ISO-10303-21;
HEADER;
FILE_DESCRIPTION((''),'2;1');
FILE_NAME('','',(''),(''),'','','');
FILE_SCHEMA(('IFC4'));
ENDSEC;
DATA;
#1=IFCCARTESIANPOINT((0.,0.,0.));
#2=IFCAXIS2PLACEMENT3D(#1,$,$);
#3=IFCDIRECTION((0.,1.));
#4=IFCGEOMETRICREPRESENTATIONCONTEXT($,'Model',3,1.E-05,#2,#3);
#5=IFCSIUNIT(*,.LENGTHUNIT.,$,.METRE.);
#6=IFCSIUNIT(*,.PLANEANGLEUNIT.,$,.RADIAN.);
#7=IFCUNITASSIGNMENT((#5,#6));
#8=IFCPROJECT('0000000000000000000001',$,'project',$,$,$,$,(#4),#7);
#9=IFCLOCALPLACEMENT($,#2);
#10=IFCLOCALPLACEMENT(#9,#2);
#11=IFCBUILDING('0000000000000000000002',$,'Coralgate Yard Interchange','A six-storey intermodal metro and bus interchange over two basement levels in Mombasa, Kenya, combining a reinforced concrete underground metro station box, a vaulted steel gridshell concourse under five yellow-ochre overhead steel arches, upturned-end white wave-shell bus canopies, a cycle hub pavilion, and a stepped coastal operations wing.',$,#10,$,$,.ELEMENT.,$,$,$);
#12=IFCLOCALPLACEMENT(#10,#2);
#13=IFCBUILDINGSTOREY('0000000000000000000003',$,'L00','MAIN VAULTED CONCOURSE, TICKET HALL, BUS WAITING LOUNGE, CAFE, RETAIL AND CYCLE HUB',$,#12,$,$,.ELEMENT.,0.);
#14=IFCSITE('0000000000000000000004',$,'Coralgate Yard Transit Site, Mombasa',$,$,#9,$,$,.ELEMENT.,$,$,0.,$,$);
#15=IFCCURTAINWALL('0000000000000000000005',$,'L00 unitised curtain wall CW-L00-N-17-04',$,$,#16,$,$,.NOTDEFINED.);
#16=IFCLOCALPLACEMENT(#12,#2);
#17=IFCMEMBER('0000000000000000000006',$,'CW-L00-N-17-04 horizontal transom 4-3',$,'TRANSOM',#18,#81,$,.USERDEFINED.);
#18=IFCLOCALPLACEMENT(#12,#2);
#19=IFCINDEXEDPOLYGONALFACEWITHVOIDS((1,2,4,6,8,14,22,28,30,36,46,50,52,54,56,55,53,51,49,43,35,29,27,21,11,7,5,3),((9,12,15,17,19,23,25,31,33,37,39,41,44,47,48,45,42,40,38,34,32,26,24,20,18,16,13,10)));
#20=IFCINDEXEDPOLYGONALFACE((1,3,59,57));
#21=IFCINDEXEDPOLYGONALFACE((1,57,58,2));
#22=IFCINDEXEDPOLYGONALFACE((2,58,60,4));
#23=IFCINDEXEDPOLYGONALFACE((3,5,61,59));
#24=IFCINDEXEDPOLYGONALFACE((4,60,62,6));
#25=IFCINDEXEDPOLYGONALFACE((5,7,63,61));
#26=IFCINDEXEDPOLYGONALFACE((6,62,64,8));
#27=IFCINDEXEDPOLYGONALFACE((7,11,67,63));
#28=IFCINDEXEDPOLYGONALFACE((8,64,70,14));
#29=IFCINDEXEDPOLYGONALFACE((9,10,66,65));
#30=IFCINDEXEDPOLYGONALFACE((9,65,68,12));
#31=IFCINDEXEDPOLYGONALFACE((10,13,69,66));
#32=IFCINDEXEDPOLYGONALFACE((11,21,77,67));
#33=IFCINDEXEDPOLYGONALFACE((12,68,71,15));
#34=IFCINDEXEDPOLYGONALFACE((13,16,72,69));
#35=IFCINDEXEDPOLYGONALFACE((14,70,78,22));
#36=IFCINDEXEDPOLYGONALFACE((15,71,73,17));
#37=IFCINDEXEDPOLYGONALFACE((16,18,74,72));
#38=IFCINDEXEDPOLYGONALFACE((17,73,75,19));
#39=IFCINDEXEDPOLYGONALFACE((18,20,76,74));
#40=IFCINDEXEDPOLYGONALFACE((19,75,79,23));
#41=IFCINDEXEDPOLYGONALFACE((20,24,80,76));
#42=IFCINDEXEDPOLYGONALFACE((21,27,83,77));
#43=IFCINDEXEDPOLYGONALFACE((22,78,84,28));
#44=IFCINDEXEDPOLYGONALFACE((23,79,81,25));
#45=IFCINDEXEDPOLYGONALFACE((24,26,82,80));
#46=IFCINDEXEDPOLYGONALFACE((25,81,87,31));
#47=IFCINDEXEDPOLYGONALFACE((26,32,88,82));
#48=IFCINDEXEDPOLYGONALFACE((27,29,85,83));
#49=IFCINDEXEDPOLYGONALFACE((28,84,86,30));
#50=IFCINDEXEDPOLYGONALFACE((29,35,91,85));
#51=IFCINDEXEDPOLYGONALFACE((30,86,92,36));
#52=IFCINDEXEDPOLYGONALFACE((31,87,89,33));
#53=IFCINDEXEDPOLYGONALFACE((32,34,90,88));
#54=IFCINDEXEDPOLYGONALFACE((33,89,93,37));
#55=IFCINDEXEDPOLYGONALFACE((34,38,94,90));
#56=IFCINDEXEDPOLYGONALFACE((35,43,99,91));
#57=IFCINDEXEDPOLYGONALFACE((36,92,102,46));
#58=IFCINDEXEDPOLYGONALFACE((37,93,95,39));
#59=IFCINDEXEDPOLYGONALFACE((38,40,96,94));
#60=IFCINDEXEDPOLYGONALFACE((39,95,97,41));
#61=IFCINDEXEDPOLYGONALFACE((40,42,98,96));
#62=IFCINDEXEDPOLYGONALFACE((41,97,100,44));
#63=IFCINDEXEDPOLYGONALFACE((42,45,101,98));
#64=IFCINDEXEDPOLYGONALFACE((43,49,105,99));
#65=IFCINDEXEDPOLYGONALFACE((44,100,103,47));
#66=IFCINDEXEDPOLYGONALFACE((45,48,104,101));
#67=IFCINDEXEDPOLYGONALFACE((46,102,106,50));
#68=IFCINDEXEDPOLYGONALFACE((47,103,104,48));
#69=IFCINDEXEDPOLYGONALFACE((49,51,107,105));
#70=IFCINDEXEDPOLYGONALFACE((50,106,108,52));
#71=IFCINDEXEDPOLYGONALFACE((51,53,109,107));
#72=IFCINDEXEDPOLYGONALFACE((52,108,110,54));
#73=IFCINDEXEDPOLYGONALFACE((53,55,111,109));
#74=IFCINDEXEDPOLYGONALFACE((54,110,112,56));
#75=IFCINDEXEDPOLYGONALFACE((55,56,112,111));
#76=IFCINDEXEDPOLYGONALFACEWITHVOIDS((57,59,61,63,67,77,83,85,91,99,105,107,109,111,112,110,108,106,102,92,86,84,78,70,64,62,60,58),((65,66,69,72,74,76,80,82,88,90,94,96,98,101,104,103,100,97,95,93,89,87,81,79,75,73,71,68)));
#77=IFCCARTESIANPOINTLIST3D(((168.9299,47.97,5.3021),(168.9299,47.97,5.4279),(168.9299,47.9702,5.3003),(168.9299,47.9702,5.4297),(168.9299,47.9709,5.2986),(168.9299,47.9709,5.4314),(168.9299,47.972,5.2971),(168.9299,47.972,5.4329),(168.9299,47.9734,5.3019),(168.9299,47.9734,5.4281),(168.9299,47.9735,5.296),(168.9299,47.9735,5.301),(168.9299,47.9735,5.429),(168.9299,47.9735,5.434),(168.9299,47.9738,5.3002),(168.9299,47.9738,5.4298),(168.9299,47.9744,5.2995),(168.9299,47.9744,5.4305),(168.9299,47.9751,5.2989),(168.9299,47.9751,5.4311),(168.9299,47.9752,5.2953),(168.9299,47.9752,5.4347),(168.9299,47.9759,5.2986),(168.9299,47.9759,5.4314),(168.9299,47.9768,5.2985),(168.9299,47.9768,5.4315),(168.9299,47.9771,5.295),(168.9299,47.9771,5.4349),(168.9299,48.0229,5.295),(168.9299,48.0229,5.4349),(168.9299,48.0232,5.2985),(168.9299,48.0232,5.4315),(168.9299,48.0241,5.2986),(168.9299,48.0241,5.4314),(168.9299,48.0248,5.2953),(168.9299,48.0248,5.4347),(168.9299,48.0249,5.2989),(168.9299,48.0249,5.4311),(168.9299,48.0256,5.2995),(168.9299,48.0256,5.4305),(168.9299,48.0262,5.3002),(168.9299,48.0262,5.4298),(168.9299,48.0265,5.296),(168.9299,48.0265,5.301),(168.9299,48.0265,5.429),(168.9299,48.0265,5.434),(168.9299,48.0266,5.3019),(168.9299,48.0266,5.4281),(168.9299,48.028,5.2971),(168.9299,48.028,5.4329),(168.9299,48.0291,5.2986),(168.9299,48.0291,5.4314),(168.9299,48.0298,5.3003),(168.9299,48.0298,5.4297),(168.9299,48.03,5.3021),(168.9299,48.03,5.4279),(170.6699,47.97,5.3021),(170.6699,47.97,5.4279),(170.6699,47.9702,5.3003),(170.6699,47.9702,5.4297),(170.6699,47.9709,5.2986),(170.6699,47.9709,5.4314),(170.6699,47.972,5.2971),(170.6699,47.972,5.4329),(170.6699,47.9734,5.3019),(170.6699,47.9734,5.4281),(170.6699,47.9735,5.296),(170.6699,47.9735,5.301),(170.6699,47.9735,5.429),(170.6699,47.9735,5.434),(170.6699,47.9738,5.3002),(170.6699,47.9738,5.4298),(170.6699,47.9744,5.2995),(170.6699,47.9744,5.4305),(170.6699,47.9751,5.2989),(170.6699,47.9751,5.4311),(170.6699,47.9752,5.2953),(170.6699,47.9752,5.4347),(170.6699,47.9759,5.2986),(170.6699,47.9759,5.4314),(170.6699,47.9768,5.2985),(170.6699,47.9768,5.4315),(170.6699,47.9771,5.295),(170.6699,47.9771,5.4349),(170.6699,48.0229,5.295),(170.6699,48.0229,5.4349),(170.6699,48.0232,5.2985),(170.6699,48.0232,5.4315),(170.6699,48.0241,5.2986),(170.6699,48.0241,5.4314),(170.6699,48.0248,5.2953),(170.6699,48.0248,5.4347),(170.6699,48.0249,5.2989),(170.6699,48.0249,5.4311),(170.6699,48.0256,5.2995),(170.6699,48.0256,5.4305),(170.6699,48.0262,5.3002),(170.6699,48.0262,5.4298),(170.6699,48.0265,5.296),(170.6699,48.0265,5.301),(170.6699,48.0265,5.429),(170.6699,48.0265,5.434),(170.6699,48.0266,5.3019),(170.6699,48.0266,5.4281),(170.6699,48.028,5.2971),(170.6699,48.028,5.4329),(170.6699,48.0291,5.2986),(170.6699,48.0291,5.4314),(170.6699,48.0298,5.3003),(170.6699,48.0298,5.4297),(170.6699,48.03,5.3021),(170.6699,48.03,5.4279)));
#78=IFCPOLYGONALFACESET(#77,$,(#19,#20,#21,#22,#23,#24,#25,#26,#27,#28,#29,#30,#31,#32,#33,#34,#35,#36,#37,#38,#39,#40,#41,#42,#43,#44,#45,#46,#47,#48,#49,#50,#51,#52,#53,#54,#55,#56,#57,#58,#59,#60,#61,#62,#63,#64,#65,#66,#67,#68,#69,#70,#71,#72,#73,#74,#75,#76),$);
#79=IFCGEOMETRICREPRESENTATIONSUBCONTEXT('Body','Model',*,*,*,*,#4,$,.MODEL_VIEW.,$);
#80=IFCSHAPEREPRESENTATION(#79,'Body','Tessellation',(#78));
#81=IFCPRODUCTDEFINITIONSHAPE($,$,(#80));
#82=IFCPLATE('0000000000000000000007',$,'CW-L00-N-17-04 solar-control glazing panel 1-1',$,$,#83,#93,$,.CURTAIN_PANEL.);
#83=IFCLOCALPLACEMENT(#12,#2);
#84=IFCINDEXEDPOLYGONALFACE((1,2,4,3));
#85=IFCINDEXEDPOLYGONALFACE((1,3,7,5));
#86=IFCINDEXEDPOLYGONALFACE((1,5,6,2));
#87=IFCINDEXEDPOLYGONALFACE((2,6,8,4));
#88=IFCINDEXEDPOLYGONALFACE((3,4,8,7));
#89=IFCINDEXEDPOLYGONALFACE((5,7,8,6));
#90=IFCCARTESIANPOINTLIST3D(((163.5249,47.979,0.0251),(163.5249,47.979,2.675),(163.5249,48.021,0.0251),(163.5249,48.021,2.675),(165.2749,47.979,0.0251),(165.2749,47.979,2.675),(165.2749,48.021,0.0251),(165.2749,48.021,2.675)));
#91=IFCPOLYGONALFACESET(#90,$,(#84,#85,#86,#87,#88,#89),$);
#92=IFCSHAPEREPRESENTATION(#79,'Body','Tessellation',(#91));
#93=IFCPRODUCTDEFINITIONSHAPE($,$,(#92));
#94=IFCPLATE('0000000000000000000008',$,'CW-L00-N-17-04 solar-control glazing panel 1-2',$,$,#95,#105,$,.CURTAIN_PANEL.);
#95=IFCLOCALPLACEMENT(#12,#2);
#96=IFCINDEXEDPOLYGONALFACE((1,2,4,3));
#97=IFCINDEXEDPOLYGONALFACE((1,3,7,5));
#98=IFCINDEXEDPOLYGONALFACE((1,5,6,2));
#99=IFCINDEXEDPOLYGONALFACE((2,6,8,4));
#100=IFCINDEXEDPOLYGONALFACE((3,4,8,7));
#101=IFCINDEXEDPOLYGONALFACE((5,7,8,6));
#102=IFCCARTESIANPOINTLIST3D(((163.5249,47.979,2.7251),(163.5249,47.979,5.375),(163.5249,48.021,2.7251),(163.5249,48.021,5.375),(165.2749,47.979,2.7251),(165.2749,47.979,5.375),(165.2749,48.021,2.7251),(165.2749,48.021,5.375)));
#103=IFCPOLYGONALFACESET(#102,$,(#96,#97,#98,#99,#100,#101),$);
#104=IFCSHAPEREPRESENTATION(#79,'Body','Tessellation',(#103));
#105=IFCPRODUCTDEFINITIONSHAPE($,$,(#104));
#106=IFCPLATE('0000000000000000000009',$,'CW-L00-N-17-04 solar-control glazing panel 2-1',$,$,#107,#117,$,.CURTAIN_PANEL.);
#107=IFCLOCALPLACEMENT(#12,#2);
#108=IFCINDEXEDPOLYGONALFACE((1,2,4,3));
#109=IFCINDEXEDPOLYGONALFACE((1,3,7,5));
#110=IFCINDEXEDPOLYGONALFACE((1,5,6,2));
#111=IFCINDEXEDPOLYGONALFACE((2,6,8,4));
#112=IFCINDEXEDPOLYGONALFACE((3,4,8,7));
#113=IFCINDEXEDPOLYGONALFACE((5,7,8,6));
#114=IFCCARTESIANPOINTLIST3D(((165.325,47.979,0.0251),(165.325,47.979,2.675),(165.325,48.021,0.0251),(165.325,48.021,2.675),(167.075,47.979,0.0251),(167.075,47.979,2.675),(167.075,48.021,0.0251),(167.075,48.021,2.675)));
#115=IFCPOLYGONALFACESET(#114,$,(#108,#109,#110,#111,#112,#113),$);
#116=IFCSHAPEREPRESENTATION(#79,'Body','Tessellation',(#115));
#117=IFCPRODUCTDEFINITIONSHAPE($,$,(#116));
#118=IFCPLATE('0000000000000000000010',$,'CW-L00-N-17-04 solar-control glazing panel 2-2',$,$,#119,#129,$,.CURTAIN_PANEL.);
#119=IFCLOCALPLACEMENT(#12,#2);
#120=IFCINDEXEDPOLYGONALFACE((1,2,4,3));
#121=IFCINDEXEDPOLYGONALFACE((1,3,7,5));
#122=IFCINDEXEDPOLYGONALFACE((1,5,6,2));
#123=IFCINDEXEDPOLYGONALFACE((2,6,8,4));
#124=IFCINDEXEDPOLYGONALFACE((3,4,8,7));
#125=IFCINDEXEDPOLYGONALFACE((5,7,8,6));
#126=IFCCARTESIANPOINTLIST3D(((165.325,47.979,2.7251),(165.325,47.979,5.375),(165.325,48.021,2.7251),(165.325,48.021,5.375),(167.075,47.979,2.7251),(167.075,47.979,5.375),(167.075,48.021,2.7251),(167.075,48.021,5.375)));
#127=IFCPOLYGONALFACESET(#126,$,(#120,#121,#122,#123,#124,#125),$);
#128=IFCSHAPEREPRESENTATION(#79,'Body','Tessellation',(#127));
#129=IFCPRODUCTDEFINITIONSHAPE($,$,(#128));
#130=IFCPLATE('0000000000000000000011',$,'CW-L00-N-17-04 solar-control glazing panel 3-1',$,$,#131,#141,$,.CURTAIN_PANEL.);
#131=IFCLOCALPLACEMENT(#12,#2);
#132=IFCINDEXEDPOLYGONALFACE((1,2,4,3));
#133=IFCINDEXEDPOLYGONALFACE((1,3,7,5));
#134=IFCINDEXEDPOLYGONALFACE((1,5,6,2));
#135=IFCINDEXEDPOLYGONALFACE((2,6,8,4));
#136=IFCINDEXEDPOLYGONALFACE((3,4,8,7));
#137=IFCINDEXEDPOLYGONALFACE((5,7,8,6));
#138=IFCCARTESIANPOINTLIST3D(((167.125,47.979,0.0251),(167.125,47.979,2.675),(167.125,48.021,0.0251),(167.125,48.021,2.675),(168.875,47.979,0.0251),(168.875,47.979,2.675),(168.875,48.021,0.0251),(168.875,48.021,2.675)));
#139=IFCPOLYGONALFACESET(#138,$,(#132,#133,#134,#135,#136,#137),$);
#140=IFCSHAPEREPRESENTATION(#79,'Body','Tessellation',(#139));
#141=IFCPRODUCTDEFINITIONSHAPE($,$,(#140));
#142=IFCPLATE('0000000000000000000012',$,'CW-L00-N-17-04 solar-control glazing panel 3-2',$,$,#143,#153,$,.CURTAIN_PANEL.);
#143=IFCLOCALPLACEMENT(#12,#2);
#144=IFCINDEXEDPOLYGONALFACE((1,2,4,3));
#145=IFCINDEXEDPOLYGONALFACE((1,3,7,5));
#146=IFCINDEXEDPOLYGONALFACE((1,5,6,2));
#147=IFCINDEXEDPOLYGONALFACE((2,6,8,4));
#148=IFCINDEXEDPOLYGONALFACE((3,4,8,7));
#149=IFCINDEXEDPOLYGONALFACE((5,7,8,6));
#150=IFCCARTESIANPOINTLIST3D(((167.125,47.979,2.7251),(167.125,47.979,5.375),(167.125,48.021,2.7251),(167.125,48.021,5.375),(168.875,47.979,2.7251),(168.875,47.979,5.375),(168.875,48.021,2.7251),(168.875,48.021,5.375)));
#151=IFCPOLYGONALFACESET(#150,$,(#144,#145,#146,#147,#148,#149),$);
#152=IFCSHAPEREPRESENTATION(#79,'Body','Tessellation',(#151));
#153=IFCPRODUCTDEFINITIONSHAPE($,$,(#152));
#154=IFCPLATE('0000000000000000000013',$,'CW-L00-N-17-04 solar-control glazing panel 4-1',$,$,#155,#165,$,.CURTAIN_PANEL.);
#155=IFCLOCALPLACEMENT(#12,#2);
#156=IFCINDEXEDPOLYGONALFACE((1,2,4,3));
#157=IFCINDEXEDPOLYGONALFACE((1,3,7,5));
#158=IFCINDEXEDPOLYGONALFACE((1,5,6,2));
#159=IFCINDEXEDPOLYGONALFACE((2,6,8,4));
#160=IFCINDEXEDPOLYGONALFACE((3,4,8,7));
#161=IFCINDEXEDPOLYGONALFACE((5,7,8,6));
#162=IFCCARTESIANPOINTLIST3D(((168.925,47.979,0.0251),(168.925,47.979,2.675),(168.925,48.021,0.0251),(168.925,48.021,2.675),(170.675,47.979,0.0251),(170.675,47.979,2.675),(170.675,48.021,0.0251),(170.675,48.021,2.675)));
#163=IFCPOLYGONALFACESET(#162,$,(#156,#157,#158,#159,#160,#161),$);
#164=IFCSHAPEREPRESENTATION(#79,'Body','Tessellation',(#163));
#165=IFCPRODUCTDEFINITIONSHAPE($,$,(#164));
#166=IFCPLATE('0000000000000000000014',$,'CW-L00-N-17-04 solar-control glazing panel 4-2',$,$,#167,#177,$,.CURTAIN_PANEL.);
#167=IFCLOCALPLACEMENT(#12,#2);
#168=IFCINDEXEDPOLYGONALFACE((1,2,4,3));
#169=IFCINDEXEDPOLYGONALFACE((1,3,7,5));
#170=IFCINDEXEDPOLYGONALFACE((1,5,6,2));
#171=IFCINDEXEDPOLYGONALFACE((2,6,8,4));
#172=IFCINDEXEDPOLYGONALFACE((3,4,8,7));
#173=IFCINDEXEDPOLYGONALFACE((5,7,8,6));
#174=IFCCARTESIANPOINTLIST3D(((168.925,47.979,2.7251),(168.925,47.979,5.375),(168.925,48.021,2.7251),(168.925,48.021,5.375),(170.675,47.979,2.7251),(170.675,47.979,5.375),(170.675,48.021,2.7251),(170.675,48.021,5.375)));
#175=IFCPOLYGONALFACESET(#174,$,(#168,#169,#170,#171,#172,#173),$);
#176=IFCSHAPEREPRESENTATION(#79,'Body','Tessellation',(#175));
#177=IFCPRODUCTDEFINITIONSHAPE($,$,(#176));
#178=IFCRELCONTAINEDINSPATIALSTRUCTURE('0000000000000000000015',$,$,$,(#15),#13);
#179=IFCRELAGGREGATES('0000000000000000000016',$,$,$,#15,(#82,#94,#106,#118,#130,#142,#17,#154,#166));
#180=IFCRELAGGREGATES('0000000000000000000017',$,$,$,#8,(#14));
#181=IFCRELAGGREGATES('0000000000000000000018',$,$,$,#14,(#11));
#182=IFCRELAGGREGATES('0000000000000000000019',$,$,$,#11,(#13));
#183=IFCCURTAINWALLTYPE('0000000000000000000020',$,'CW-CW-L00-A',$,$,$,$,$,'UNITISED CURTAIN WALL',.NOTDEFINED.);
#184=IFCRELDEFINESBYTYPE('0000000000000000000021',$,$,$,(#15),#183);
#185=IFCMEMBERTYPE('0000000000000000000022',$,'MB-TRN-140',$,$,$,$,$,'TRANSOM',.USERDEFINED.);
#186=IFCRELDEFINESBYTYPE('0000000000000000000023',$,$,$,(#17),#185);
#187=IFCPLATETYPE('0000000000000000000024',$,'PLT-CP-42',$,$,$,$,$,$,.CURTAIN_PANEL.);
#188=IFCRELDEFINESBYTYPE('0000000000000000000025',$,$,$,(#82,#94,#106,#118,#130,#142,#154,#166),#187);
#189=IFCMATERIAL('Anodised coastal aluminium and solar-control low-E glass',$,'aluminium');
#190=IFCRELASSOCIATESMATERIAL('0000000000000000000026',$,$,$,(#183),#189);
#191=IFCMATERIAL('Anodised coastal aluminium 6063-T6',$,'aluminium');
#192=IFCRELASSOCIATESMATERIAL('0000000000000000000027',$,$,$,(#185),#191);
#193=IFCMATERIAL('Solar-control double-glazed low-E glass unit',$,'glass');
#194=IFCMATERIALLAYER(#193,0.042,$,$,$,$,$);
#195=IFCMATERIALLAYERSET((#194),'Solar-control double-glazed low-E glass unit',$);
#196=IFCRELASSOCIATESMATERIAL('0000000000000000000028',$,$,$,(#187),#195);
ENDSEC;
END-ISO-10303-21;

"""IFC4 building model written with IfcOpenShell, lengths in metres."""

from ifc_helpers import new_model, si_unit, direction, frame, origin, origin_2d, place, context, subcontext, project, spatial, rectangle, hollow_rectangle, extrude, material, layer, layer_set, material_profile, profile_set, type_object, element, aggregate, save


model = new_model("IFC4")

# Units and contexts
model_context = context("Model", 3, precision=1e-05, world=origin(), true_north=direction((0.0, 1.0)))
body_context = subcontext(model_context, "Body", "Model", "MODEL_VIEW")
ifc_project = project(units=[si_unit("LENGTHUNIT", "METRE"), si_unit("PLANEANGLEUNIT", "RADIAN")], contexts=[model_context])

# Site, building, storey
site_placement = place(None, origin())
site = spatial("IfcSite", under=ifc_project, at=site_placement, Name="Coralgate Yard Transit Site, Mombasa", CompositionType="ELEMENT", RefElevation=0.0)
building_placement = place(site_placement, origin())
building = spatial("IfcBuilding", under=site, at=building_placement, Name="Coralgate Yard Interchange", Description="A six-storey intermodal metro and bus interchange over two basement levels in Mombasa, Kenya, combining a reinforced concrete underground metro station box, a vaulted steel gridshell concourse under five yellow-ochre overhead steel arches, upturned-end white wave-shell bus canopies, a cycle hub pavilion, and a stepped coastal operations wing.", CompositionType="ELEMENT")
storey_placement = place(building_placement, origin())
storey = spatial("IfcBuildingStorey", under=building, at=storey_placement, Name="L00", Description="MAIN VAULTED CONCOURSE, TICKET HALL, BUS WAITING LOUNGE, CAFE, RETAIL AND CYCLE HUB", CompositionType="ELEMENT", Elevation=0.0)

# Curtain wall, member, plates
ifc_material_1 = material(Name="Anodised coastal aluminium and solar-control low-E glass", Category="aluminium")
curtain_wall_type = type_object("IfcCurtainWallType", Name="CW-CW-L00-A", ElementType="UNITISED CURTAIN WALL", PredefinedType="NOTDEFINED", material=ifc_material_1)
curtain_wall_placement = place(storey_placement, origin())
curtain_wall = element("IfcCurtainWall", 1, at=curtain_wall_placement, inside=storey, type_object=curtain_wall_type, Name="L00 unitised curtain wall CW-L00-N-17-04", PredefinedType="NOTDEFINED")
ifc_material_2 = material(Name="Anodised coastal aluminium 6063-T6", Category="aluminium")
ifc_material_profile_1 = material_profile(ifc_material_2, hollow_rectangle(XDim=0.0601, YDim=0.1399, WallThickness=0.0034, InnerFilletRadius=0.0034, OuterFilletRadius=0.0071, at=origin_2d()), Name="ALU 60x140x3.5")
ifc_profile_set_1 = profile_set([ifc_material_profile_1], Name="Anodised coastal aluminium 6063-T6")
member_type_1 = type_object("IfcMemberType", Name="MB-TRN-140", ElementType="TRANSOM", PredefinedType="USERDEFINED", material=ifc_profile_set_1)
member_1_placement = place(storey_placement, frame((168.9299, 48.0, 5.365), z_axis=(1.0, 0.0, 0.0), x_axis=(0.0, 1.0, 0.0)))
member_1 = element("IfcMember", 2, at=member_1_placement, type_object=member_type_1, Name="CW-L00-N-17-04 horizontal transom 4-3", ObjectType="TRANSOM", PredefinedType="USERDEFINED", context=body_context, shape_type="SweptSolid", body=[
    extrude(hollow_rectangle(XDim=0.0601, YDim=0.1399, WallThickness=0.0034, InnerFilletRadius=0.0034, OuterFilletRadius=0.0071, at=origin_2d()), origin(), (0.0, 0.0, 1.0), 1.74),
])
ifc_material_3 = material(Name="Solar-control double-glazed low-E glass unit", Category="glass")
ifc_layer = layer(ifc_material_3, 0.042)
ifc_layer_set = layer_set([ifc_layer], Name="Solar-control double-glazed low-E glass unit")
plate_type = type_object("IfcPlateType", Name="PLT-CP-42", PredefinedType="CURTAIN_PANEL", material=ifc_layer_set)
plate_1_placement = place(storey_placement, frame((164.3999, 48.0, 0.0251), z_axis=(0.0, 0.0, 1.0), x_axis=(1.0, 0.0, 0.0)))
plate_1 = element("IfcPlate", 3, at=plate_1_placement, type_object=plate_type, Name="CW-L00-N-17-04 solar-control glazing panel 1-1", PredefinedType="CURTAIN_PANEL", context=body_context, shape_type="SweptSolid", body=[
    extrude(rectangle(XDim=1.75, YDim=0.042, at=origin_2d()), origin(), (0.0, 0.0, 1.0), 2.6499),
])
plate_2_placement = place(storey_placement, frame((164.3999, 48.0, 2.7251), z_axis=(0.0, 0.0, 1.0), x_axis=(1.0, 0.0, 0.0)))
plate_2 = element("IfcPlate", 4, at=plate_2_placement, type_object=plate_type, Name="CW-L00-N-17-04 solar-control glazing panel 1-2", PredefinedType="CURTAIN_PANEL", context=body_context, shape_type="SweptSolid", body=[
    extrude(rectangle(XDim=1.75, YDim=0.042, at=origin_2d()), origin(), (0.0, 0.0, 1.0), 2.6499),
])
plate_3_placement = place(storey_placement, frame((166.2, 48.0, 0.0251), z_axis=(0.0, 0.0, 1.0), x_axis=(1.0, 0.0, 0.0)))
plate_3 = element("IfcPlate", 5, at=plate_3_placement, type_object=plate_type, Name="CW-L00-N-17-04 solar-control glazing panel 2-1", PredefinedType="CURTAIN_PANEL", context=body_context, shape_type="SweptSolid", body=[
    extrude(rectangle(XDim=1.75, YDim=0.042, at=origin_2d()), origin(), (0.0, 0.0, 1.0), 2.6499),
])
plate_4_placement = place(storey_placement, frame((166.2, 48.0, 2.7251), z_axis=(0.0, 0.0, 1.0), x_axis=(1.0, 0.0, 0.0)))
plate_4 = element("IfcPlate", 6, at=plate_4_placement, type_object=plate_type, Name="CW-L00-N-17-04 solar-control glazing panel 2-2", PredefinedType="CURTAIN_PANEL", context=body_context, shape_type="SweptSolid", body=[
    extrude(rectangle(XDim=1.75, YDim=0.042, at=origin_2d()), origin(), (0.0, 0.0, 1.0), 2.6499),
])
plate_5_placement = place(storey_placement, frame((168.0, 48.0, 0.0251), z_axis=(0.0, 0.0, 1.0), x_axis=(1.0, 0.0, 0.0)))
plate_5 = element("IfcPlate", 7, at=plate_5_placement, type_object=plate_type, Name="CW-L00-N-17-04 solar-control glazing panel 3-1", PredefinedType="CURTAIN_PANEL", context=body_context, shape_type="SweptSolid", body=[
    extrude(rectangle(XDim=1.75, YDim=0.042, at=origin_2d()), origin(), (0.0, 0.0, 1.0), 2.6499),
])
plate_6_placement = place(storey_placement, frame((168.0, 48.0, 2.7251), z_axis=(0.0, 0.0, 1.0), x_axis=(1.0, 0.0, 0.0)))
plate_6 = element("IfcPlate", 8, at=plate_6_placement, type_object=plate_type, Name="CW-L00-N-17-04 solar-control glazing panel 3-2", PredefinedType="CURTAIN_PANEL", context=body_context, shape_type="SweptSolid", body=[
    extrude(rectangle(XDim=1.75, YDim=0.042, at=origin_2d()), origin(), (0.0, 0.0, 1.0), 2.6499),
])
plate_7_placement = place(storey_placement, frame((169.8, 48.0, 0.0251), z_axis=(0.0, 0.0, 1.0), x_axis=(1.0, 0.0, 0.0)))
plate_7 = element("IfcPlate", 9, at=plate_7_placement, type_object=plate_type, Name="CW-L00-N-17-04 solar-control glazing panel 4-1", PredefinedType="CURTAIN_PANEL", context=body_context, shape_type="SweptSolid", body=[
    extrude(rectangle(XDim=1.75, YDim=0.042, at=origin_2d()), origin(), (0.0, 0.0, 1.0), 2.6499),
])
plate_8_placement = place(storey_placement, frame((169.8, 48.0, 2.7251), z_axis=(0.0, 0.0, 1.0), x_axis=(1.0, 0.0, 0.0)))
plate_8 = element("IfcPlate", 10, at=plate_8_placement, type_object=plate_type, Name="CW-L00-N-17-04 solar-control glazing panel 4-2", PredefinedType="CURTAIN_PANEL", context=body_context, shape_type="SweptSolid", body=[
    extrude(rectangle(XDim=1.75, YDim=0.042, at=origin_2d()), origin(), (0.0, 0.0, 1.0), 2.6499),
])
aggregate(curtain_wall, [plate_1, plate_2, plate_3, plate_4, plate_5, plate_6, member_1, plate_7, plate_8])

save(model, "model.ifc")
